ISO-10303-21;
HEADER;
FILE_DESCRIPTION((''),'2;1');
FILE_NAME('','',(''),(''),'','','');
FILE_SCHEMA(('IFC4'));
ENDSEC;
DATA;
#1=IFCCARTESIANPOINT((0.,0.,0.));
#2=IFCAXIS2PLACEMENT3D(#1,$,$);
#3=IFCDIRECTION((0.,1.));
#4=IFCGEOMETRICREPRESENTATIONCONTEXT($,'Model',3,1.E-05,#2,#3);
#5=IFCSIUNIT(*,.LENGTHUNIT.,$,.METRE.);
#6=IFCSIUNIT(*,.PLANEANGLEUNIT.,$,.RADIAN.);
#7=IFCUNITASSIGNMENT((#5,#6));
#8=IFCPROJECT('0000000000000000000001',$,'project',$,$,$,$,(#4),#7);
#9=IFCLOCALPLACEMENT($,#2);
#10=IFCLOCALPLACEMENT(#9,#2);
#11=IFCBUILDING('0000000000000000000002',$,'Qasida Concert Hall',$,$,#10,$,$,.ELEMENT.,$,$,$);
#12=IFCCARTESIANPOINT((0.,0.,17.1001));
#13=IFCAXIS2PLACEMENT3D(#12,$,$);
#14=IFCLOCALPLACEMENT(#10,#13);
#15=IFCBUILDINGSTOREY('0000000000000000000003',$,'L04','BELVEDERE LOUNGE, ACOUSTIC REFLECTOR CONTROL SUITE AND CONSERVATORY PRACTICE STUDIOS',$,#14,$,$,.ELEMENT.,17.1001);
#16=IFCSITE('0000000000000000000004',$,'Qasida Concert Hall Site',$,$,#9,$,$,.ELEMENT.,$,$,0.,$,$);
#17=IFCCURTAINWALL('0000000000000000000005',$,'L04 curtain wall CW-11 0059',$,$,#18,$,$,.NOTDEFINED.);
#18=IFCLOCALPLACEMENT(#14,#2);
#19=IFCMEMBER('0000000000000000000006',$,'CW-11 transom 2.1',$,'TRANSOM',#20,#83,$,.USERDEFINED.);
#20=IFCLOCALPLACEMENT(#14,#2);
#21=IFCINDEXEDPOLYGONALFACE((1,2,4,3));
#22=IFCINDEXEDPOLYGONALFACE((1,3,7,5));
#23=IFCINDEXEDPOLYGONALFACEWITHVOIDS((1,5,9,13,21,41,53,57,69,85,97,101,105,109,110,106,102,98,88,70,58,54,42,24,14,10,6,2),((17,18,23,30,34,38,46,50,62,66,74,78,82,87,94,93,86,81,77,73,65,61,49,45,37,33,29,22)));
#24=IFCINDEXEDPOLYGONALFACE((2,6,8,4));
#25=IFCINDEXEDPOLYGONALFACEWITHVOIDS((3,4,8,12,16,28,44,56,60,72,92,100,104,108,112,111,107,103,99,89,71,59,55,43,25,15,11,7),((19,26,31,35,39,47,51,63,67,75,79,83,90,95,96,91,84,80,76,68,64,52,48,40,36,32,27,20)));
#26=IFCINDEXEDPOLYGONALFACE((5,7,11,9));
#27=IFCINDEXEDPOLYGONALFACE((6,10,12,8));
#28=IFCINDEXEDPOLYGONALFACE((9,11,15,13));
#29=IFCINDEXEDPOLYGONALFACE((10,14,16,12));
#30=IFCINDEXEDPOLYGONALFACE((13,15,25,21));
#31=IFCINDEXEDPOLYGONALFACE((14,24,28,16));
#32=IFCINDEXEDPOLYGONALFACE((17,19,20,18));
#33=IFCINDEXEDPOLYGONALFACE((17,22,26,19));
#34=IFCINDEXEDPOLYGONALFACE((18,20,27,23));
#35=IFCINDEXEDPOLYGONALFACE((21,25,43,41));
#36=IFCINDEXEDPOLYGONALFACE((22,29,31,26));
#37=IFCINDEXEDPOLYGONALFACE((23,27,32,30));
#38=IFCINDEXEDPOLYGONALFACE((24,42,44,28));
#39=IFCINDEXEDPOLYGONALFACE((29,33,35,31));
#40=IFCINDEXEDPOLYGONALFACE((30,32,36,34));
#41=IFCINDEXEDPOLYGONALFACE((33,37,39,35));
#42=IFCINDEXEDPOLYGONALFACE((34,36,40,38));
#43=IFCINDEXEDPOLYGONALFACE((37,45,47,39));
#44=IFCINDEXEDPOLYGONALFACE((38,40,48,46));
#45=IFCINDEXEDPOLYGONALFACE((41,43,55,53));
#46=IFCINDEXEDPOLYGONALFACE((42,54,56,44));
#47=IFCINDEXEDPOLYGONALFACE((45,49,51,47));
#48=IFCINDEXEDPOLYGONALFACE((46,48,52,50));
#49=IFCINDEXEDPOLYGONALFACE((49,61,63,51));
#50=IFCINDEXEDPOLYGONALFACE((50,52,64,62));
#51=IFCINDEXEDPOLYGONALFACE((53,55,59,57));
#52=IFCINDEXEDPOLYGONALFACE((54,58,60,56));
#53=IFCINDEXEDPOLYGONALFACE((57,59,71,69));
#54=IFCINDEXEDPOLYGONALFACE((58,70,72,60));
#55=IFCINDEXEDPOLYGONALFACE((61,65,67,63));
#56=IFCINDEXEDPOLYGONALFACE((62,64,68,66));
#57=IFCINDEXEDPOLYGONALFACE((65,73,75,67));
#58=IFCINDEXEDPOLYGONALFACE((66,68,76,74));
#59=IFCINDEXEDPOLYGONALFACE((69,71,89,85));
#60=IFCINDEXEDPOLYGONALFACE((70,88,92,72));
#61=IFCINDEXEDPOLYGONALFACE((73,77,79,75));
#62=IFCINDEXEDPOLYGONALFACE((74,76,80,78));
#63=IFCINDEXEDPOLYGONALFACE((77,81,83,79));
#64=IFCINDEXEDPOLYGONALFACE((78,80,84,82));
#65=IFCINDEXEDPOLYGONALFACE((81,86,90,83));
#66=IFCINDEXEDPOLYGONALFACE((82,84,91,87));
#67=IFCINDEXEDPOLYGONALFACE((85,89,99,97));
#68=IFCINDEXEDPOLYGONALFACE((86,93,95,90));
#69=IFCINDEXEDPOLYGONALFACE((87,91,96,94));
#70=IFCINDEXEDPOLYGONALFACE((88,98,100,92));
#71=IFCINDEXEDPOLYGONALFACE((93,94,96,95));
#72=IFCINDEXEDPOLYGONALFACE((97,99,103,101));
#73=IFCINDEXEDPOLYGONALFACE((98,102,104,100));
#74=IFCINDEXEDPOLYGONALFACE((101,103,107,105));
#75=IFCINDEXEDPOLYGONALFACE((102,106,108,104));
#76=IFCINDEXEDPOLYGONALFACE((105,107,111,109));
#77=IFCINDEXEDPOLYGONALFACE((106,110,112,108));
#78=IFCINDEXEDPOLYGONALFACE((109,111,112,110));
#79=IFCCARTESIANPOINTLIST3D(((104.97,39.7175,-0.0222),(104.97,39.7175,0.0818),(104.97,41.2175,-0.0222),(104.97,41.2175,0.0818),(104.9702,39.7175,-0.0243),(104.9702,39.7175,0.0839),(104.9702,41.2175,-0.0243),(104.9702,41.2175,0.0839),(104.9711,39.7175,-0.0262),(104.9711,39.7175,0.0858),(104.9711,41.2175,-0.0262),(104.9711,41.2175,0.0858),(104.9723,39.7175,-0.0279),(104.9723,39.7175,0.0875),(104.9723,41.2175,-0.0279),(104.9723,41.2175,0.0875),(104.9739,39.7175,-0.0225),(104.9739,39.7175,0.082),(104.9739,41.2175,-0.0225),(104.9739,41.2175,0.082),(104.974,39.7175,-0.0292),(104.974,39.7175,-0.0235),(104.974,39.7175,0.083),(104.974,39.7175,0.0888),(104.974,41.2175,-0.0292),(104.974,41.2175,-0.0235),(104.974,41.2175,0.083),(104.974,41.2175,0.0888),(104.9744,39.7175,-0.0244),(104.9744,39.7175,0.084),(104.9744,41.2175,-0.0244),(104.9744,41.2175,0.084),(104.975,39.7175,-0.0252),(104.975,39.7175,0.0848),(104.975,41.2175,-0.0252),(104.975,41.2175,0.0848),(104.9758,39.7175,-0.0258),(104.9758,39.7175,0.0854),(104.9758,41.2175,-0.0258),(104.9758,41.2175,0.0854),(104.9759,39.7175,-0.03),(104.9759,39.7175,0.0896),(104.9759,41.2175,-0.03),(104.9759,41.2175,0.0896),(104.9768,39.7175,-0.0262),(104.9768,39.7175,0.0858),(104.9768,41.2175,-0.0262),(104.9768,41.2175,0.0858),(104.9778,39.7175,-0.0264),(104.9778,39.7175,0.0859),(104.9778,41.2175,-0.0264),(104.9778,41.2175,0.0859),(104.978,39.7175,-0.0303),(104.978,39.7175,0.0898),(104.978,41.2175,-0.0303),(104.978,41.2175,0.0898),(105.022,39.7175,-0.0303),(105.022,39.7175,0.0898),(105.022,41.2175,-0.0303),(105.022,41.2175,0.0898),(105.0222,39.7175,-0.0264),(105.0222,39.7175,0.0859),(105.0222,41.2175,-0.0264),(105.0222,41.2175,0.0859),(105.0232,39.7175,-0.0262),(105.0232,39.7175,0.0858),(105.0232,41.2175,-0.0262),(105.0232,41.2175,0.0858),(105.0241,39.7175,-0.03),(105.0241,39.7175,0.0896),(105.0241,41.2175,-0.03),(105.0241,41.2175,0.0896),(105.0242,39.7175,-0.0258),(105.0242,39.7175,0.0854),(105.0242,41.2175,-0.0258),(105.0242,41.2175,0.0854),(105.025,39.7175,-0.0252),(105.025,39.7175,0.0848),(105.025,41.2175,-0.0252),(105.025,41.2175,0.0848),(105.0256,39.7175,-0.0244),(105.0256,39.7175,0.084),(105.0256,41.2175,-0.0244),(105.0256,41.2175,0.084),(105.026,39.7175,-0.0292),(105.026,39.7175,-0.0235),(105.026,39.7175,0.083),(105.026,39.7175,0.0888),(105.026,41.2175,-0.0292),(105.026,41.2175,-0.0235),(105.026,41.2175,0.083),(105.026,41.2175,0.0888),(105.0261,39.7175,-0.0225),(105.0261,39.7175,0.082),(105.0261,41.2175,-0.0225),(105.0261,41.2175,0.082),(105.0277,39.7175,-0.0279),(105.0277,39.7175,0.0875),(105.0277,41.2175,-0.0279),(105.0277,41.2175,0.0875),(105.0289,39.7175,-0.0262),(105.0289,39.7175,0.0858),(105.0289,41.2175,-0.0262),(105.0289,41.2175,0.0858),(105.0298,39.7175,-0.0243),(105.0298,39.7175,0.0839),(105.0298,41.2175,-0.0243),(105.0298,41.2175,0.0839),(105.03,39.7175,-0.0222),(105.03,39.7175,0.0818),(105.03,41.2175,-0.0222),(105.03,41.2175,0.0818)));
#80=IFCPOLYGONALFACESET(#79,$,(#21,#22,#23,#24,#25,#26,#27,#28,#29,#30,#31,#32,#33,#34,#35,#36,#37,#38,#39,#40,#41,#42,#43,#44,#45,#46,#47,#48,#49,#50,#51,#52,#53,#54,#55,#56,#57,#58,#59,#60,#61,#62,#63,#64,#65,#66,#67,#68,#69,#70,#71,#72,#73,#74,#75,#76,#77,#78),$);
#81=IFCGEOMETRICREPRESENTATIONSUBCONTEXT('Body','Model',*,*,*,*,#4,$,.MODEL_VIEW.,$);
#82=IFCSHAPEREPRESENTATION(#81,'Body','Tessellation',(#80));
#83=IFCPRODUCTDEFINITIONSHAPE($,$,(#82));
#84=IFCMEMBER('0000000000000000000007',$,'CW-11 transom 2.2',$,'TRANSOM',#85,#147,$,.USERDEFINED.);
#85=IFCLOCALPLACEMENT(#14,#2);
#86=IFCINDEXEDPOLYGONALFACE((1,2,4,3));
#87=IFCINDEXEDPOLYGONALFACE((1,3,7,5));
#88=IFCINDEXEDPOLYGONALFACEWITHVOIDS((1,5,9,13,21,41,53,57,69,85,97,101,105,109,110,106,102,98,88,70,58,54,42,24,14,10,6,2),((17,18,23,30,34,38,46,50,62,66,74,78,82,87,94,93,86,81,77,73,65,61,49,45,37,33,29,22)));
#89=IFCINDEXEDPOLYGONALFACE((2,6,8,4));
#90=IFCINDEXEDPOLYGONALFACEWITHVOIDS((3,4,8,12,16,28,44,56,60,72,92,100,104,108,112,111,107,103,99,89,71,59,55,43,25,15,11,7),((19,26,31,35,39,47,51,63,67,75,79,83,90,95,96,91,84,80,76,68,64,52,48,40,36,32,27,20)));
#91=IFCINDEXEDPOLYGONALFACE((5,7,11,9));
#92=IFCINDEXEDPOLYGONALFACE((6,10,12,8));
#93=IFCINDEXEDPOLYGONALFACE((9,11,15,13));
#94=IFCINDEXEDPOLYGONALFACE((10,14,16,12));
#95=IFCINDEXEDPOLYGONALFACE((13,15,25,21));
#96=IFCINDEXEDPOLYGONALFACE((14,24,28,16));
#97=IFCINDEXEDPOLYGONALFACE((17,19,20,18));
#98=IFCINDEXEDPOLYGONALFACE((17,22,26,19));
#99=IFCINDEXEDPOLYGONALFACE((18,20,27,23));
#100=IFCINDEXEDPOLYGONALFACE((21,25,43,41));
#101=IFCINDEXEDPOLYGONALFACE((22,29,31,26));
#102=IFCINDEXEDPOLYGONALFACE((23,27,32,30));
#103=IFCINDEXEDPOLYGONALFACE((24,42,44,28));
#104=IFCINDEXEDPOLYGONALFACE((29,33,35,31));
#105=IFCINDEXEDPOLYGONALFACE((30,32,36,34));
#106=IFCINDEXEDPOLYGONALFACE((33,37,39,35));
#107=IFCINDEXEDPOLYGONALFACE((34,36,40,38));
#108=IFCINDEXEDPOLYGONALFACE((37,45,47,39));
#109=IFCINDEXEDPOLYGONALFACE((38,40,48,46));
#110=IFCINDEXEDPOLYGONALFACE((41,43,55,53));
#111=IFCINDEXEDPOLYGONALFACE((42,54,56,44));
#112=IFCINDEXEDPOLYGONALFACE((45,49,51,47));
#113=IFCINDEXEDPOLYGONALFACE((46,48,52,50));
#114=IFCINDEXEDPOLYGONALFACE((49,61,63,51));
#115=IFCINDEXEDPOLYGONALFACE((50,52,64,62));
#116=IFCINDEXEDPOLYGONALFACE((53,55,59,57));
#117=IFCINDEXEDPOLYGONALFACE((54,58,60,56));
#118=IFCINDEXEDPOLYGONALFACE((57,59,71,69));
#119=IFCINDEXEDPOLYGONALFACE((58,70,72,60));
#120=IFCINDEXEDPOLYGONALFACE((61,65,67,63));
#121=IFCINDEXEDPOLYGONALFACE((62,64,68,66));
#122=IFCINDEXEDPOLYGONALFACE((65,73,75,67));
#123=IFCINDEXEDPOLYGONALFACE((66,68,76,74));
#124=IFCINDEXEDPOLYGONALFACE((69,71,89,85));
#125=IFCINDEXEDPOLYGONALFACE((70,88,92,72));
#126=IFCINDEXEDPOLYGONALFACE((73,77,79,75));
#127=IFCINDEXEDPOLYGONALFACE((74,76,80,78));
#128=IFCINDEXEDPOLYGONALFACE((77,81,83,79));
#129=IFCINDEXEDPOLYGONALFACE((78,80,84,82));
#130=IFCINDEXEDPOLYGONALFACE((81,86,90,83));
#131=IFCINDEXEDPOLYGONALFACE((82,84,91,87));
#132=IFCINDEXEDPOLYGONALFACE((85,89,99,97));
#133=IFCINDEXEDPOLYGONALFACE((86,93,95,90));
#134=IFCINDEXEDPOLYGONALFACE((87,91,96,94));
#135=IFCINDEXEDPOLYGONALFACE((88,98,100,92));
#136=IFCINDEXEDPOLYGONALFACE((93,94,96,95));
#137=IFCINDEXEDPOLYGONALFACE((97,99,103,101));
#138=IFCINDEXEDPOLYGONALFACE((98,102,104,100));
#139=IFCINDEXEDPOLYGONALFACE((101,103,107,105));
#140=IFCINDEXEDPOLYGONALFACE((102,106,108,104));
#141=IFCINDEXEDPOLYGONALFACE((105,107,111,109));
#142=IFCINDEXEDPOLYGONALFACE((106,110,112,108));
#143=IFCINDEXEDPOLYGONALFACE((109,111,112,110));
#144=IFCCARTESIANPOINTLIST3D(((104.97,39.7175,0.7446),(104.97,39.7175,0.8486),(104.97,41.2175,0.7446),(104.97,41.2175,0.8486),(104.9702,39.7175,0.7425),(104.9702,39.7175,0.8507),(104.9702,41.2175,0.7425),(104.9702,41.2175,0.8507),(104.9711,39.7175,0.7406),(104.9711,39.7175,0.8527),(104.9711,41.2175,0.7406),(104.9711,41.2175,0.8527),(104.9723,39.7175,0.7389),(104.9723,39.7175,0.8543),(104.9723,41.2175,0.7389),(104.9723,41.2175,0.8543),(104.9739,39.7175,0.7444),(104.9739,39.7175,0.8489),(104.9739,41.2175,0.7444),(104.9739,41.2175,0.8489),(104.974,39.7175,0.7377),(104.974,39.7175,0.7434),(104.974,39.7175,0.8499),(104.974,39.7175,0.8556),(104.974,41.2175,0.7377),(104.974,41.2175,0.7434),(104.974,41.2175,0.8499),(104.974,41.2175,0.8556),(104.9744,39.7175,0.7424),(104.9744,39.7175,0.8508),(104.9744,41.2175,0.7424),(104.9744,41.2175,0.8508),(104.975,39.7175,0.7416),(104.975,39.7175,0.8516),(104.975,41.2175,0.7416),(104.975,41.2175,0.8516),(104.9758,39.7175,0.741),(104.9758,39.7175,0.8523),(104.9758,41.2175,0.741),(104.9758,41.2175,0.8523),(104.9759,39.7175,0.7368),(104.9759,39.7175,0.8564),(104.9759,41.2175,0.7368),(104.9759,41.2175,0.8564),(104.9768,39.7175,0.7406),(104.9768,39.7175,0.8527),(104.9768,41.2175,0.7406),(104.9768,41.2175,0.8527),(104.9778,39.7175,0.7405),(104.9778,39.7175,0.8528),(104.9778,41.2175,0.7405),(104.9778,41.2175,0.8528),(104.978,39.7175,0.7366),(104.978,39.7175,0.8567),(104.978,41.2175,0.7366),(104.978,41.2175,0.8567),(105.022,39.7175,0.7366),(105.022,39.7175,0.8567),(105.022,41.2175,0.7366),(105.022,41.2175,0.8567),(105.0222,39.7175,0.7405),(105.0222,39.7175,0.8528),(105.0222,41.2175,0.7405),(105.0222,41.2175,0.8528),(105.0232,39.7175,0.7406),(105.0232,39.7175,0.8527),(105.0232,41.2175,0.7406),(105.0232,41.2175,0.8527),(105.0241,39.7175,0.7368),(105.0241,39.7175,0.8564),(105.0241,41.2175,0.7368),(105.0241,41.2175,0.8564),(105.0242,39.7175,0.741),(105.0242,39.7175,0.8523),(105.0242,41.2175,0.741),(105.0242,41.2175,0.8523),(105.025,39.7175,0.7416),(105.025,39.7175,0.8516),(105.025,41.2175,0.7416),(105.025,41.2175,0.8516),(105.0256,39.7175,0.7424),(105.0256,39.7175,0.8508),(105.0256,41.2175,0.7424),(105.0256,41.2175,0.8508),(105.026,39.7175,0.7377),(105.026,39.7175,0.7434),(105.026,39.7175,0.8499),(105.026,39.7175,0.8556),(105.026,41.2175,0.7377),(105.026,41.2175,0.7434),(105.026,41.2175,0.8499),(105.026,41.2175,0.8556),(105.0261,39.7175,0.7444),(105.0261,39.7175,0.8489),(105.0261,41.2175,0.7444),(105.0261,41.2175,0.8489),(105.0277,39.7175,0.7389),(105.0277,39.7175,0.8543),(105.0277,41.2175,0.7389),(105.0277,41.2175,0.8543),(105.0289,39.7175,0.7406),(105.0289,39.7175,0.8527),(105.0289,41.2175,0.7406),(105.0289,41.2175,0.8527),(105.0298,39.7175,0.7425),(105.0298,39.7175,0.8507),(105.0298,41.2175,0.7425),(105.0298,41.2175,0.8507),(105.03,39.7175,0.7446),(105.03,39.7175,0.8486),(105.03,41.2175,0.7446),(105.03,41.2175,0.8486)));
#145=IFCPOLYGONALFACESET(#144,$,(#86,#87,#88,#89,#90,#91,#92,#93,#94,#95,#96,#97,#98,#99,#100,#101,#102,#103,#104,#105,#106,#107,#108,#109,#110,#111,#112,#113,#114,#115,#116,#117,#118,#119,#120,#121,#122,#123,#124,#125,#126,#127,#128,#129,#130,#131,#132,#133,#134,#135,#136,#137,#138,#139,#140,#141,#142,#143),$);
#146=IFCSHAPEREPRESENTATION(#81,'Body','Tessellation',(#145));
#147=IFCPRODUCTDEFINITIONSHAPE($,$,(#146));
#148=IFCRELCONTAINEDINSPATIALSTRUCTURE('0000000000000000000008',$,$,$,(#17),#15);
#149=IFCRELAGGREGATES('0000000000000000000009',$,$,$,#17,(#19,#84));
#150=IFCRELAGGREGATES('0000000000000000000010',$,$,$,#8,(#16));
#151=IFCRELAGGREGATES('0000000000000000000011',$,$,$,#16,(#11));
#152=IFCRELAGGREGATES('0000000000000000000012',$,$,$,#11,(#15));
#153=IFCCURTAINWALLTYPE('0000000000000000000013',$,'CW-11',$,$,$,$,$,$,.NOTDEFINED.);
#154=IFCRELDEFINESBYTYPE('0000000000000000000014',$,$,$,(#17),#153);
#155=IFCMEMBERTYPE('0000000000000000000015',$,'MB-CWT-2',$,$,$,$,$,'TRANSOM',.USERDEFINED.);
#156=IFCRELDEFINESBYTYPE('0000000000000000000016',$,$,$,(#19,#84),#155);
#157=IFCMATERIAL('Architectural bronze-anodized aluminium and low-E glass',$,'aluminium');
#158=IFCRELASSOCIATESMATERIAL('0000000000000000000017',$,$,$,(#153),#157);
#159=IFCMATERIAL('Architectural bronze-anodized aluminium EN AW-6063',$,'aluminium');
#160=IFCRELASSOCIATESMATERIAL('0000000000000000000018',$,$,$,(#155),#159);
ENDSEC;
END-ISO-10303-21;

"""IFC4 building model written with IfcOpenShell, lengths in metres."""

from ifc_helpers import new_model, si_unit, direction, frame, origin, origin_2d, place, context, subcontext, project, spatial, hollow_rectangle, extrude, material, material_profile, profile_set, type_object, element, aggregate, save


model = new_model("IFC4")

# Units and contexts
model_context = context("Model", 3, precision=1e-05, world=origin(), true_north=direction((0.0, 1.0)))
body_context = subcontext(model_context, "Body", "Model", "MODEL_VIEW")
ifc_project = project(units=[si_unit("LENGTHUNIT", "METRE"), si_unit("PLANEANGLEUNIT", "RADIAN")], contexts=[model_context])

# Site, building, storey
site_placement = place(None, origin())
site = spatial("IfcSite", under=ifc_project, at=site_placement, Name="Qasida Concert Hall Site", CompositionType="ELEMENT", RefElevation=0.0)
building_placement = place(site_placement, origin())
building = spatial("IfcBuilding", under=site, at=building_placement, Name="Qasida Concert Hall", CompositionType="ELEMENT")
storey_placement = place(building_placement, frame((0.0, 0.0, 17.1001)))
storey = spatial("IfcBuildingStorey", under=building, at=storey_placement, Name="L04", Description="BELVEDERE LOUNGE, ACOUSTIC REFLECTOR CONTROL SUITE AND CONSERVATORY PRACTICE STUDIOS", CompositionType="ELEMENT", Elevation=17.1001)

# Curtain wall, members
ifc_material_1 = material(Name="Architectural bronze-anodized aluminium and low-E glass", Category="aluminium")
curtain_wall_type = type_object("IfcCurtainWallType", Name="CW-11", PredefinedType="NOTDEFINED", material=ifc_material_1)
curtain_wall_placement = place(storey_placement, origin())
curtain_wall = element("IfcCurtainWall", 1, at=curtain_wall_placement, inside=storey, type_object=curtain_wall_type, Name="L04 curtain wall CW-11 0059", PredefinedType="NOTDEFINED")
ifc_material_2 = material(Name="Architectural bronze-anodized aluminium EN AW-6063", Category="aluminium")
ifc_material_profile_1 = material_profile(ifc_material_2, hollow_rectangle(XDim=0.0601, YDim=0.1201, WallThickness=0.0039, InnerFilletRadius=0.0039, OuterFilletRadius=0.0081, at=origin_2d()), Name="CWT 120x60x4")
ifc_profile_set_1 = profile_set([ifc_material_profile_1], Name="Architectural bronze-anodized aluminium EN AW-6063")
member_type_1 = type_object("IfcMemberType", Name="MB-CWT-2", ElementType="TRANSOM", PredefinedType="USERDEFINED", material=ifc_profile_set_1)
member_1_placement = place(storey_placement, frame((105.0, 39.7175, 0.0298), z_axis=(0.0, 1.0, 0.0), x_axis=(-1.0, 0.0, 0.0)))
member_1 = element("IfcMember", 2, at=member_1_placement, type_object=member_type_1, Name="CW-11 transom 2.1", ObjectType="TRANSOM", PredefinedType="USERDEFINED", context=body_context, shape_type="SweptSolid", body=[
    extrude(hollow_rectangle(XDim=0.0601, YDim=0.1201, WallThickness=0.0039, InnerFilletRadius=0.0039, OuterFilletRadius=0.0081, at=origin_2d()), origin(), (0.0, 0.0, 1.0), 1.5),
])
member_2_placement = place(storey_placement, frame((105.0, 39.7175, 0.7966), z_axis=(0.0, 1.0, 0.0), x_axis=(-1.0, 0.0, 0.0)))
member_2 = element("IfcMember", 3, at=member_2_placement, type_object=member_type_1, Name="CW-11 transom 2.2", ObjectType="TRANSOM", PredefinedType="USERDEFINED", context=body_context, shape_type="SweptSolid", body=[
    extrude(hollow_rectangle(XDim=0.0601, YDim=0.1201, WallThickness=0.0039, InnerFilletRadius=0.0039, OuterFilletRadius=0.0081, at=origin_2d()), origin(), (0.0, 0.0, 1.0), 1.5),
])
aggregate(curtain_wall, [member_1, member_2])

save(model, "model.ifc")
